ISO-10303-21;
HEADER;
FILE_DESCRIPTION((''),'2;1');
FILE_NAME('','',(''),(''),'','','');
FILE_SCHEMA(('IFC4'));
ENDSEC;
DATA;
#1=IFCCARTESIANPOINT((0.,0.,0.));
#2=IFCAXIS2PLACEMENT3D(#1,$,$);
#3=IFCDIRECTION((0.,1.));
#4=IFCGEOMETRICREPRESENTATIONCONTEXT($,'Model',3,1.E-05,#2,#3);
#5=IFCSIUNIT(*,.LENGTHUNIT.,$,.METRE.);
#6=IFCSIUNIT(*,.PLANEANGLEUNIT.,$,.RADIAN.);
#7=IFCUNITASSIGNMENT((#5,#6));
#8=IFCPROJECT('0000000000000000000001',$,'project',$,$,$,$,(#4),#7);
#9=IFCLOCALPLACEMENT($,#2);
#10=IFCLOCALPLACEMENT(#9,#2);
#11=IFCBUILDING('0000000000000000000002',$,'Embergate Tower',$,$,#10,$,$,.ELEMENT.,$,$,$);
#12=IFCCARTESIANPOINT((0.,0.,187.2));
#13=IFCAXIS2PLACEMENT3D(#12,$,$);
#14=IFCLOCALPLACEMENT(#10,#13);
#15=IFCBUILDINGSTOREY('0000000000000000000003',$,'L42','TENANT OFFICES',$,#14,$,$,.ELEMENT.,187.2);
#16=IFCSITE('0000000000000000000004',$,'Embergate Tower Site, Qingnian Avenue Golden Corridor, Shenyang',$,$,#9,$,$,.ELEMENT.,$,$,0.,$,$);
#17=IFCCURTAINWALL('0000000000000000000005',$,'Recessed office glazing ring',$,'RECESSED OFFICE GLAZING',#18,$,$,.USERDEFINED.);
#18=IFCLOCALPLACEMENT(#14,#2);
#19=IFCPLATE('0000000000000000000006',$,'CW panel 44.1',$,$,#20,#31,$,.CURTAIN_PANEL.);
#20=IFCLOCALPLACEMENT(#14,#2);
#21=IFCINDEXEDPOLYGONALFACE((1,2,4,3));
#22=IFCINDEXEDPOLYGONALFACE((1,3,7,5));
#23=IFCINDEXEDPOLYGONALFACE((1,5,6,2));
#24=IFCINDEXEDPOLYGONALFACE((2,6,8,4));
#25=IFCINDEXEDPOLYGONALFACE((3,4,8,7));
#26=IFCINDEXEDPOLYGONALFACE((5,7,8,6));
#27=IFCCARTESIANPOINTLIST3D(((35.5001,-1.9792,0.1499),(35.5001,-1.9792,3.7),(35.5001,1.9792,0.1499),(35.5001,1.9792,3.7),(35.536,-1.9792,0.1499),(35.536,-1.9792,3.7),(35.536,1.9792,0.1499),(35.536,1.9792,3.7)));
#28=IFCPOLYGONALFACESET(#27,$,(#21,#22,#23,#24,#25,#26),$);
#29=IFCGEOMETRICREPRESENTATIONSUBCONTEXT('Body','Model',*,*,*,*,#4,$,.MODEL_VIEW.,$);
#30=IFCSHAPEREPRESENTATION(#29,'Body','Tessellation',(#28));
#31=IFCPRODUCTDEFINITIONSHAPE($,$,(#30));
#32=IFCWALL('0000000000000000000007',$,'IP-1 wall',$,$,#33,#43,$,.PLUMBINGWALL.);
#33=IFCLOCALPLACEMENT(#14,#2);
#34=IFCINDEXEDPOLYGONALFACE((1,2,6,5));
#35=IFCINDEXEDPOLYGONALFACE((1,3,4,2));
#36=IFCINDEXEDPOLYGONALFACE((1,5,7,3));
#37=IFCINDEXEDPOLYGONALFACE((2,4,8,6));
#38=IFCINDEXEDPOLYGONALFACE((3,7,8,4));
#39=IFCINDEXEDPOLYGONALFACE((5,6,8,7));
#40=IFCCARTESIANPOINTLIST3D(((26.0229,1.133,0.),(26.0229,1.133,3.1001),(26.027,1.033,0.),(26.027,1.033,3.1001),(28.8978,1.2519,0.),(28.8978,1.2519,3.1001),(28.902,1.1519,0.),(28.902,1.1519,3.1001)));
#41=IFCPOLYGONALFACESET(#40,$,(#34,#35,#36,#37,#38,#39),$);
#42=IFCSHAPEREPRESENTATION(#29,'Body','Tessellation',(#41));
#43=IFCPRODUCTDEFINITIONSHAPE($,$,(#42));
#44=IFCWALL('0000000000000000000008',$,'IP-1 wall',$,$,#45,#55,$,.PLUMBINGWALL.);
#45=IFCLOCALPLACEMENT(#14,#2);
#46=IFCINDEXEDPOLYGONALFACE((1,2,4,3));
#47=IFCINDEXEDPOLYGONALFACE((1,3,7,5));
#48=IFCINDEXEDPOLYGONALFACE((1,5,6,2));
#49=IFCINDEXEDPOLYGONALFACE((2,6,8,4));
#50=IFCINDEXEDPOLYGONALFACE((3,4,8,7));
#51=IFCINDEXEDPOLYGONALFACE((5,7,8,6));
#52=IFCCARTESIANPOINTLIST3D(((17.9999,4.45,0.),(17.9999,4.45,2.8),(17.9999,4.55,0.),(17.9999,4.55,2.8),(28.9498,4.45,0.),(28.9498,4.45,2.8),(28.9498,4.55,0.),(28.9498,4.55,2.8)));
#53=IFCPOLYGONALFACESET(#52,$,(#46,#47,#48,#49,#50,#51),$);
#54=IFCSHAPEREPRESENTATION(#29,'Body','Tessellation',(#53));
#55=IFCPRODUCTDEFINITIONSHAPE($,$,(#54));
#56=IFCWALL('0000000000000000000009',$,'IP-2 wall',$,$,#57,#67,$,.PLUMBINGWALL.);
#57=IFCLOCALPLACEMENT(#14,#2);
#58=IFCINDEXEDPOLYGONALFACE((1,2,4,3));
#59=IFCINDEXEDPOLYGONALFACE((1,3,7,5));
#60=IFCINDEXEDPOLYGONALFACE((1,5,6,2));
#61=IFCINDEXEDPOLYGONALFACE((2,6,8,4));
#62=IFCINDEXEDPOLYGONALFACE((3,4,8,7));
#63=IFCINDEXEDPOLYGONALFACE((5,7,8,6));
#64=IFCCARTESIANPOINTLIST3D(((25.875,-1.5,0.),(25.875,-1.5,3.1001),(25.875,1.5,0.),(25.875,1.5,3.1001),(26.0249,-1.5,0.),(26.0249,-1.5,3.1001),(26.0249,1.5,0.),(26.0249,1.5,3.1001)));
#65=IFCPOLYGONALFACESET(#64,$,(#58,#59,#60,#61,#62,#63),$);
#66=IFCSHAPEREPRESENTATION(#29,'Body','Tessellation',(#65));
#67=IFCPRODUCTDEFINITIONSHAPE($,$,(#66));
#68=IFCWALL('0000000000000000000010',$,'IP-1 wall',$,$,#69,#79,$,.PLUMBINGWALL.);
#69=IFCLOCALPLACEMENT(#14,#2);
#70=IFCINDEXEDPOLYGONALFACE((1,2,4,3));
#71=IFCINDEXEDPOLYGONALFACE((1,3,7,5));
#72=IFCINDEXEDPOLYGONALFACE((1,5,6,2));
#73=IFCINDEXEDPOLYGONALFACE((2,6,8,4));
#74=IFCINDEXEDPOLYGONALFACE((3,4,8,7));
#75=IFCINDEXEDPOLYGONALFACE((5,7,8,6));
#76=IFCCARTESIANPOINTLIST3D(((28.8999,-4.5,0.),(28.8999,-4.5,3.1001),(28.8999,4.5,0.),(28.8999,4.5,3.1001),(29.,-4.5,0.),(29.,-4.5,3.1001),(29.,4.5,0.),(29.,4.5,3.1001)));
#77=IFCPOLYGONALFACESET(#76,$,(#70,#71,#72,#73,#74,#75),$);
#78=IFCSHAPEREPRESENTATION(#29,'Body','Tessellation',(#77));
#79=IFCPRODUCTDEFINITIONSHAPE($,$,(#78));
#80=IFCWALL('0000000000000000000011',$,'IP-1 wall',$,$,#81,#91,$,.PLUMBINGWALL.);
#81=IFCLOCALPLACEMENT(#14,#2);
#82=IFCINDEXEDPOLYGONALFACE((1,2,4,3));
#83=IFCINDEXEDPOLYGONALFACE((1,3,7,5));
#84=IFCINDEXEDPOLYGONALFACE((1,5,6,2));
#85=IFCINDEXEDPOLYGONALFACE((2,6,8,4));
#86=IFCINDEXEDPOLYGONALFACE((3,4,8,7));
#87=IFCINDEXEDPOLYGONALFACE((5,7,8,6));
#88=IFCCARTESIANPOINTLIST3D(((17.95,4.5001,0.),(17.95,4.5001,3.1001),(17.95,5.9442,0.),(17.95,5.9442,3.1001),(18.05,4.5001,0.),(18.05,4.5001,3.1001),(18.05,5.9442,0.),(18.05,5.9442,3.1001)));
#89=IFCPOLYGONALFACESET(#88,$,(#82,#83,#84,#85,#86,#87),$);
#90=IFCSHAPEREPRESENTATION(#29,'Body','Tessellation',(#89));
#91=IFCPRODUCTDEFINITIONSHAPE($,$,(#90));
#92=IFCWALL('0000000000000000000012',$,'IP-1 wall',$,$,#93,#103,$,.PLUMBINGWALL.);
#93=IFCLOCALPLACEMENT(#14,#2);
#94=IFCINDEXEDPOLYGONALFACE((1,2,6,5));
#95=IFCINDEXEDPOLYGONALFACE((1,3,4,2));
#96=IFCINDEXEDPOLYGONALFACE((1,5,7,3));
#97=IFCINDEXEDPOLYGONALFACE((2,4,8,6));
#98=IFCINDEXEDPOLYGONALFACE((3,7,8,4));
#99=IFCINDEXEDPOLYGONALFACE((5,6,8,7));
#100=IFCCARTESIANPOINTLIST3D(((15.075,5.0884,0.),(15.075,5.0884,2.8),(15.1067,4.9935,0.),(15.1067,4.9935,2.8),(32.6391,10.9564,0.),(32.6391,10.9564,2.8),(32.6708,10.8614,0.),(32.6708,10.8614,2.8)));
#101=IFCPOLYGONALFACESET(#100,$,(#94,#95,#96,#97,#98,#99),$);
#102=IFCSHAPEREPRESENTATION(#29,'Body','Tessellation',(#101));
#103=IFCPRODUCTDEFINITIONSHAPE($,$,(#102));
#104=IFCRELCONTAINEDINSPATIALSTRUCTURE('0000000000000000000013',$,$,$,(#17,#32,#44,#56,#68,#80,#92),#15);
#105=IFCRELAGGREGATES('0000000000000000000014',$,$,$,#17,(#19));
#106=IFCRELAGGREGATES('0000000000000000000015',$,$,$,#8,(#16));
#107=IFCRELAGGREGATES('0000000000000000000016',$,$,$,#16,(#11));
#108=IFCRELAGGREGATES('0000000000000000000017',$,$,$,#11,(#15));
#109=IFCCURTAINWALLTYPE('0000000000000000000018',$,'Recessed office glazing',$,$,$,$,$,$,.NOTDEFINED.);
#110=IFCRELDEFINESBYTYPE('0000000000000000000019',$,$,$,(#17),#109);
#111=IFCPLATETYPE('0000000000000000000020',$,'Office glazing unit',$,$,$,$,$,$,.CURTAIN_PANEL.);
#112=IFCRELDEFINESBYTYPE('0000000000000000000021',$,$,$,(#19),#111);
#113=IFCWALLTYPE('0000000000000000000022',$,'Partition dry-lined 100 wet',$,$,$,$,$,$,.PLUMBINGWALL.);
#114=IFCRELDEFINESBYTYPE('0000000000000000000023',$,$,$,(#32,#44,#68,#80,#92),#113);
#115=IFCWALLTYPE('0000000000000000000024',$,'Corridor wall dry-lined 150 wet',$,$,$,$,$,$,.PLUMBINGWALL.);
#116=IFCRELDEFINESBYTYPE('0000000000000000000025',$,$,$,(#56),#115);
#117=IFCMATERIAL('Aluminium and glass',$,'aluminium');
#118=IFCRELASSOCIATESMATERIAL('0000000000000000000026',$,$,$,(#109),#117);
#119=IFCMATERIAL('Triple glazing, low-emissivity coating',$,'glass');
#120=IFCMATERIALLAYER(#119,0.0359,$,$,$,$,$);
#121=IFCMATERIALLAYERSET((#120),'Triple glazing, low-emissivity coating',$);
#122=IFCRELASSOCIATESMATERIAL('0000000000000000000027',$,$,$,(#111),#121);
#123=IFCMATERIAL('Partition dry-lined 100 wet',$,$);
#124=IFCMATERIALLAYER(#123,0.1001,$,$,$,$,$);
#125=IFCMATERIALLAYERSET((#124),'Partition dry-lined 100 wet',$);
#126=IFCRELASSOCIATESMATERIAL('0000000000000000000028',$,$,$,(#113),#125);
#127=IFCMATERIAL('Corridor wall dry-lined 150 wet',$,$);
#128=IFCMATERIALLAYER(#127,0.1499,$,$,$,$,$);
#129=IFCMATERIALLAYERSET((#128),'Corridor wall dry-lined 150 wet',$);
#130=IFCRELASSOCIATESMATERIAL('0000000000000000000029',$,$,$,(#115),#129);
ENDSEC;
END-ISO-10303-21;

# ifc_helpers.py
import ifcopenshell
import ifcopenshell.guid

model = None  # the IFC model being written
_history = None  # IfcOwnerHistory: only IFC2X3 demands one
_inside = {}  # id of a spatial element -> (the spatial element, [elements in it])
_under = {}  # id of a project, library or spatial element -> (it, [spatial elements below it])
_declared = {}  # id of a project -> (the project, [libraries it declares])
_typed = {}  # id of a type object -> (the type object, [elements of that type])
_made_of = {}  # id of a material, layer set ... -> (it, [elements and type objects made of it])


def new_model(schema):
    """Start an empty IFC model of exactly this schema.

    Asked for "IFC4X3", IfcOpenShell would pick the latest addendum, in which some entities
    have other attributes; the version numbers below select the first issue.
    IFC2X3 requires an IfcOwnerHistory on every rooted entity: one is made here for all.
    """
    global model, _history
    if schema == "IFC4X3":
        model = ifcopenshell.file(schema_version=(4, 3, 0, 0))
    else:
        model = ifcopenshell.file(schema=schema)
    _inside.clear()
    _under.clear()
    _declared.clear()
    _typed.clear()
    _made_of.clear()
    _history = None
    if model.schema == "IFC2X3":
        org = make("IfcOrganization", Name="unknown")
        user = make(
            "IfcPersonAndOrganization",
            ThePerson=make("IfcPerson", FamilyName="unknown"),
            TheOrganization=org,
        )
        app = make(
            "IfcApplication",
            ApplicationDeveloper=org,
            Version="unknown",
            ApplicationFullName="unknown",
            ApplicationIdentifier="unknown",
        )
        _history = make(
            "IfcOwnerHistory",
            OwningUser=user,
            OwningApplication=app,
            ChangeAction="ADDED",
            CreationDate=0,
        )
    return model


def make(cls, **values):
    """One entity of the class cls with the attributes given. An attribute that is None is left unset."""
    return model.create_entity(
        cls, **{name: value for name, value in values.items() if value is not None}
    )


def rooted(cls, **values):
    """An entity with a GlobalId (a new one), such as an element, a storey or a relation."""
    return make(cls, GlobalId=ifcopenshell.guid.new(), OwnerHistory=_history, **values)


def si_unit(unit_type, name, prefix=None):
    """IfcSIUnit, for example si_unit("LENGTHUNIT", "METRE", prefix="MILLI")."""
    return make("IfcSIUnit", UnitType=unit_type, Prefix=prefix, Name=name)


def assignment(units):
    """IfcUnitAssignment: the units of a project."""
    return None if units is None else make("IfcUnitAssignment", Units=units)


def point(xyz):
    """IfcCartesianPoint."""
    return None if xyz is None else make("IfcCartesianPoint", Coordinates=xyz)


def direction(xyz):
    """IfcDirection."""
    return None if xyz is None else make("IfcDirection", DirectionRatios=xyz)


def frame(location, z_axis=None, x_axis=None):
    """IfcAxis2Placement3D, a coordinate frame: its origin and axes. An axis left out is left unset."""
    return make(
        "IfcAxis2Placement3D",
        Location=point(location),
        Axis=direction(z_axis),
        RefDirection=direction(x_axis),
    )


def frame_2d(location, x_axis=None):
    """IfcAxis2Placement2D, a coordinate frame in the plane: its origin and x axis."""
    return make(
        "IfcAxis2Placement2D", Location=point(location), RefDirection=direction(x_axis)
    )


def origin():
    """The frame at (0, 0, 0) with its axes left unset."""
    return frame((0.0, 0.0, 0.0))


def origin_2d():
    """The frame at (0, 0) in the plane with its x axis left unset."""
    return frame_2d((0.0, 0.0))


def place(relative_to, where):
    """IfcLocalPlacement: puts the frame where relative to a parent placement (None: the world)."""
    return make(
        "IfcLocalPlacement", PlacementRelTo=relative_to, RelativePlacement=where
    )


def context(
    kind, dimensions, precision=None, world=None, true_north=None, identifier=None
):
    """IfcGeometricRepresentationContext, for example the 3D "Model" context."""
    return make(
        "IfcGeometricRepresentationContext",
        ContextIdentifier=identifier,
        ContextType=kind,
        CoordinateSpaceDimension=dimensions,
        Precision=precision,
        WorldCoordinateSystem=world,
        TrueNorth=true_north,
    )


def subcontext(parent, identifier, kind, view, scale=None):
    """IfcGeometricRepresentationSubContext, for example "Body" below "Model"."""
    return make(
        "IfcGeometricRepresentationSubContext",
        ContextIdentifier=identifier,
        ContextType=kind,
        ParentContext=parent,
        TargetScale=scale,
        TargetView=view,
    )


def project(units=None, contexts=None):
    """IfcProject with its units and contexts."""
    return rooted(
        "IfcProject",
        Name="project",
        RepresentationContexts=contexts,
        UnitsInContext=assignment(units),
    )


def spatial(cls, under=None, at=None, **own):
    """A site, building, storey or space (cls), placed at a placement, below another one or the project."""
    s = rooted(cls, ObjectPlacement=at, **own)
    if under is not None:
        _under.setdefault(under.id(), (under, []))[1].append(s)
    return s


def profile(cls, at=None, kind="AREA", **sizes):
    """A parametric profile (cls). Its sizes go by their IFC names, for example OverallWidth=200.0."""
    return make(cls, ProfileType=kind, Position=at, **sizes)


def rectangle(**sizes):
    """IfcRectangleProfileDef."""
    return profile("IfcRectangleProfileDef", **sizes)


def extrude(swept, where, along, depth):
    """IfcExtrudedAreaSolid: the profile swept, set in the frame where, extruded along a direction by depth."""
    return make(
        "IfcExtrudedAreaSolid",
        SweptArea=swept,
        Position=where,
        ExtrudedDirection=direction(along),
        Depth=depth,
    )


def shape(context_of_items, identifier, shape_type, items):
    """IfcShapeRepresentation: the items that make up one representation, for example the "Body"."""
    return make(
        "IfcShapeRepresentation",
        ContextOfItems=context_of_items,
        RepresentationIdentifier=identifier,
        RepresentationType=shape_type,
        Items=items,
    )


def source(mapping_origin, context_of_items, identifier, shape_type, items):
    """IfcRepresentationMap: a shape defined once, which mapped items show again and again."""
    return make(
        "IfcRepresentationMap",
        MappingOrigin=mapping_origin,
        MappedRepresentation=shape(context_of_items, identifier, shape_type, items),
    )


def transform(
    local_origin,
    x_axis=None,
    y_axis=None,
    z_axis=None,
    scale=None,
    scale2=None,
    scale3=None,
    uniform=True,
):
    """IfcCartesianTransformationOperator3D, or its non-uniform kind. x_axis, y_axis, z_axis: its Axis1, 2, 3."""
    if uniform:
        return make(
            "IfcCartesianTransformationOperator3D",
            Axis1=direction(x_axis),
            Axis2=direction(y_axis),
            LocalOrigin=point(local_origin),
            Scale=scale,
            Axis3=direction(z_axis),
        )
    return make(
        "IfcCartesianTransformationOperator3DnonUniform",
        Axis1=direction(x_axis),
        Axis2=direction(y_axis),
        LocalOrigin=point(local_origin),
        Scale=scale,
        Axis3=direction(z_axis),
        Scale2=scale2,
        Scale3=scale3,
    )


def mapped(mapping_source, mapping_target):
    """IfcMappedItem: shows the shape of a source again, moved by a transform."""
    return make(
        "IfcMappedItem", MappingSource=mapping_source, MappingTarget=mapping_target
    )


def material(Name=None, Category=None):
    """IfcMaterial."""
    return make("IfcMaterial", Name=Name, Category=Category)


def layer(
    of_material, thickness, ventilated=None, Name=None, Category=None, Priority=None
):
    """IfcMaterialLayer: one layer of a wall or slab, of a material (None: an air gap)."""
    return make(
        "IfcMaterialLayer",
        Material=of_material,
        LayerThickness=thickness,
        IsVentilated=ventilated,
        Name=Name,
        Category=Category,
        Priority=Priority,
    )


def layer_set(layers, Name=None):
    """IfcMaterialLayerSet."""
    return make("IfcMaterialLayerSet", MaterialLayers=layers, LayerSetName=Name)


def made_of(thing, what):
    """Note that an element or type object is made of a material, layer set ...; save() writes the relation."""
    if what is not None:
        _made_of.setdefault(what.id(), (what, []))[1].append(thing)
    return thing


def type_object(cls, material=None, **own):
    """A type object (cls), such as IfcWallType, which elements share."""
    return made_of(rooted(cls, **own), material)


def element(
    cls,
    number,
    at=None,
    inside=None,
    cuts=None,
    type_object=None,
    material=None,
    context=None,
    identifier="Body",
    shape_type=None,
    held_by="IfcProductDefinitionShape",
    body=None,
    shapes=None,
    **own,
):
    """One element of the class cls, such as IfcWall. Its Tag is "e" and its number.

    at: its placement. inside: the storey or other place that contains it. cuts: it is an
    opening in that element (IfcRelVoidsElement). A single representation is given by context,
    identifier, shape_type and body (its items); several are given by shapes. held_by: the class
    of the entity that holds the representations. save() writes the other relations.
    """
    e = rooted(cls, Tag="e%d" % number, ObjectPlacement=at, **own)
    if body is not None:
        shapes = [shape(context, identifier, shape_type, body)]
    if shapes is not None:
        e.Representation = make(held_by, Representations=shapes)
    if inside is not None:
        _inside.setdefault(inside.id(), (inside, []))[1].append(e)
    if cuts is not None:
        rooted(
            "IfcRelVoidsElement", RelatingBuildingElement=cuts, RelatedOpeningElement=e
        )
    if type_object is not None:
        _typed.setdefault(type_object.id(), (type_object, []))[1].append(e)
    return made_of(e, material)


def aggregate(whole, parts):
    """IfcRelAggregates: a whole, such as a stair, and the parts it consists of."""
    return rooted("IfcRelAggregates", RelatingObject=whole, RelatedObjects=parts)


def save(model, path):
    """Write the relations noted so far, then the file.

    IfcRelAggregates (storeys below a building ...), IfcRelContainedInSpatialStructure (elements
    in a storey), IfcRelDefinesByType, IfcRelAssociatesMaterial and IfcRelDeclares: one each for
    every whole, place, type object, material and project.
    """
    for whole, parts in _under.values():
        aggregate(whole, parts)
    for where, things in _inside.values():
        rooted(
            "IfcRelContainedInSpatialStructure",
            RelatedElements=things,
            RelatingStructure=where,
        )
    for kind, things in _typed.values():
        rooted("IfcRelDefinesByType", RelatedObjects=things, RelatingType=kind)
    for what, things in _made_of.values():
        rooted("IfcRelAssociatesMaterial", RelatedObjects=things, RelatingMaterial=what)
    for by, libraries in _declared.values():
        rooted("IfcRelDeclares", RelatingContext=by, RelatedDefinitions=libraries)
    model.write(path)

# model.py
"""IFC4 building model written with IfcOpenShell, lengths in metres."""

from ifc_helpers import new_model, si_unit, direction, frame, frame_2d, origin, origin_2d, place, context, subcontext, project, spatial, rectangle, extrude, source, transform, mapped, material, layer, layer_set, type_object, element, aggregate, save


model = new_model("IFC4")

# Units and contexts
model_context = context("Model", 3, precision=1e-05, world=origin(), true_north=direction((0.0, 1.0)))
body_context = subcontext(model_context, "Body", "Model", "MODEL_VIEW")
ifc_project = project(units=[si_unit("LENGTHUNIT", "METRE"), si_unit("PLANEANGLEUNIT", "RADIAN")], contexts=[model_context])

# Site, building, storey
site_placement = place(None, origin())
site = spatial("IfcSite", under=ifc_project, at=site_placement, Name="Embergate Tower Site, Qingnian Avenue Golden Corridor, Shenyang", CompositionType="ELEMENT", RefElevation=0.0)
building_placement = place(site_placement, origin())
building = spatial("IfcBuilding", under=site, at=building_placement, Name="Embergate Tower", CompositionType="ELEMENT")
storey_placement = place(building_placement, frame((0.0, 0.0, 187.2)))
storey = spatial("IfcBuildingStorey", under=building, at=storey_placement, Name="L42", Description="TENANT OFFICES", CompositionType="ELEMENT", Elevation=187.2)

# Curtain wall, plate
ifc_material_1 = material(Name="Aluminium and glass", Category="aluminium")
curtain_wall_type = type_object("IfcCurtainWallType", Name="Recessed office glazing", PredefinedType="NOTDEFINED", material=ifc_material_1)
curtain_wall_placement = place(storey_placement, origin())
curtain_wall = element("IfcCurtainWall", 1, at=curtain_wall_placement, inside=storey, type_object=curtain_wall_type, Name="Recessed office glazing ring", ObjectType="RECESSED OFFICE GLAZING", PredefinedType="USERDEFINED")
ifc_material_2 = material(Name="Triple glazing, low-emissivity coating", Category="glass")
ifc_layer_1 = layer(ifc_material_2, 0.0359)
ifc_layer_set_1 = layer_set([ifc_layer_1], Name="Triple glazing, low-emissivity coating")
plate_type = type_object("IfcPlateType", Name="Office glazing unit", PredefinedType="CURTAIN_PANEL", material=ifc_layer_set_1)
shared_shape_1 = source(origin(), body_context, "Body", "SweptSolid", [
    extrude(rectangle(XDim=3.9585, YDim=0.0359, at=origin_2d()), origin(), (0.0, 0.0, 1.0), 3.55),
])
plate_1_placement = place(storey_placement, frame((35.5181, 0.0, 0.1499), z_axis=(0.0, 0.0, 1.0), x_axis=(0.0, 1.0, 0.0)))
plate_1 = element("IfcPlate", 2, at=plate_1_placement, type_object=plate_type, Name="CW panel 44.1", PredefinedType="CURTAIN_PANEL", context=body_context, shape_type="MappedRepresentation", body=[
    mapped(shared_shape_1, transform((0.0, 0.0, 0.0))),
])
aggregate(curtain_wall, [plate_1])

# Walls
ifc_material_3 = material(Name="Partition dry-lined 100 wet")
ifc_layer_2 = layer(ifc_material_3, 0.1001)
ifc_layer_set_2 = layer_set([ifc_layer_2], Name="Partition dry-lined 100 wet")
wall_type_1 = type_object("IfcWallType", Name="Partition dry-lined 100 wet", PredefinedType="PLUMBINGWALL", material=ifc_layer_set_2)
shared_shape_2 = source(origin(), body_context, "Body", "SweptSolid", [
    extrude(rectangle(XDim=2.8774, YDim=0.1001, at=frame_2d((1.4387, 0.0))), origin(), (0.0, 0.0, 1.0), 3.1001),
])
wall_1_placement = place(storey_placement, frame((28.8999, 1.2019, 0.0), z_axis=(0.0, 0.0, 1.0), x_axis=(-0.999146, -0.04132, 0.0)))
element("IfcWall", 3, at=wall_1_placement, inside=storey, type_object=wall_type_1, Name="IP-1 wall", PredefinedType="PLUMBINGWALL", context=body_context, shape_type="MappedRepresentation", body=[
    mapped(shared_shape_2, transform((0.0, 0.0, 0.0))),
])
shared_shape_3 = source(origin(), body_context, "Body", "SweptSolid", [
    extrude(rectangle(XDim=10.95, YDim=0.1001, at=frame_2d((5.4751, 0.0))), origin(), (0.0, 0.0, 1.0), 2.8),
])
wall_2_placement = place(storey_placement, frame((28.95, 4.5, 0.0), z_axis=(0.0, 0.0, 1.0), x_axis=(-1.0, 0.0, 0.0)))
element("IfcWall", 4, at=wall_2_placement, inside=storey, type_object=wall_type_1, Name="IP-1 wall", PredefinedType="PLUMBINGWALL", context=body_context, shape_type="MappedRepresentation", body=[
    mapped(shared_shape_3, transform((0.0, 0.0, 0.0))),
])
ifc_material_4 = material(Name="Corridor wall dry-lined 150 wet")
ifc_layer_3 = layer(ifc_material_4, 0.1499)
ifc_layer_set_3 = layer_set([ifc_layer_3], Name="Corridor wall dry-lined 150 wet")
wall_type_2 = type_object("IfcWallType", Name="Corridor wall dry-lined 150 wet", PredefinedType="PLUMBINGWALL", material=ifc_layer_set_3)
shared_shape_4 = source(origin(), body_context, "Body", "SweptSolid", [
    extrude(rectangle(XDim=3.0, YDim=0.1499, at=frame_2d((1.5, 0.0))), origin(), (0.0, 0.0, 1.0), 3.1001),
])
wall_3_placement = place(storey_placement, frame((25.95, 1.5, 0.0), z_axis=(0.0, 0.0, 1.0), x_axis=(0.0, -1.0, 0.0)))
element("IfcWall", 5, at=wall_3_placement, inside=storey, type_object=wall_type_2, Name="IP-2 wall", PredefinedType="PLUMBINGWALL", context=body_context, shape_type="MappedRepresentation", body=[
    mapped(shared_shape_4, transform((0.0, 0.0, 0.0))),
])
shared_shape_5 = source(origin(), body_context, "Body", "SweptSolid", [
    extrude(rectangle(XDim=9.0, YDim=0.1001, at=frame_2d((4.5, 0.0))), origin(), (0.0, 0.0, 1.0), 3.1001),
])
wall_4_placement = place(storey_placement, frame((28.95, 4.5, 0.0), z_axis=(0.0, 0.0, 1.0), x_axis=(0.0, -1.0, 0.0)))
element("IfcWall", 6, at=wall_4_placement, inside=storey, type_object=wall_type_1, Name="IP-1 wall", PredefinedType="PLUMBINGWALL", context=body_context, shape_type="MappedRepresentation", body=[
    mapped(shared_shape_5, transform((0.0, 0.0, 0.0))),
])
shared_shape_6 = source(origin(), body_context, "Body", "SweptSolid", [
    extrude(rectangle(XDim=1.4441, YDim=0.1001, at=frame_2d((0.7222, 0.0))), origin(), (0.0, 0.0, 1.0), 3.1001),
])
wall_5_placement = place(storey_placement, frame((18.0, 4.5, 0.0), z_axis=(0.0, 0.0, 1.0), x_axis=(0.0, 1.0, 0.0)))
element("IfcWall", 7, at=wall_5_placement, inside=storey, type_object=wall_type_1, Name="IP-1 wall", PredefinedType="PLUMBINGWALL", context=body_context, shape_type="MappedRepresentation", body=[
    mapped(shared_shape_6, transform((0.0, 0.0, 0.0))),
])
shared_shape_7 = source(origin(), body_context, "Body", "SweptSolid", [
    extrude(rectangle(XDim=18.5183, YDim=0.1001, at=frame_2d((9.2593, 0.0))), origin(), (0.0, 0.0, 1.0), 2.8),
])
wall_6_placement = place(storey_placement, frame((32.655, 10.9089, 0.0), z_axis=(0.0, 0.0, 1.0), x_axis=(-0.948468, -0.316872, 0.0)))
element("IfcWall", 8, at=wall_6_placement, inside=storey, type_object=wall_type_1, Name="IP-1 wall", PredefinedType="PLUMBINGWALL", context=body_context, shape_type="MappedRepresentation", body=[
    mapped(shared_shape_7, transform((0.0, 0.0, 0.0))),
])

save(model, "model.ifc")
